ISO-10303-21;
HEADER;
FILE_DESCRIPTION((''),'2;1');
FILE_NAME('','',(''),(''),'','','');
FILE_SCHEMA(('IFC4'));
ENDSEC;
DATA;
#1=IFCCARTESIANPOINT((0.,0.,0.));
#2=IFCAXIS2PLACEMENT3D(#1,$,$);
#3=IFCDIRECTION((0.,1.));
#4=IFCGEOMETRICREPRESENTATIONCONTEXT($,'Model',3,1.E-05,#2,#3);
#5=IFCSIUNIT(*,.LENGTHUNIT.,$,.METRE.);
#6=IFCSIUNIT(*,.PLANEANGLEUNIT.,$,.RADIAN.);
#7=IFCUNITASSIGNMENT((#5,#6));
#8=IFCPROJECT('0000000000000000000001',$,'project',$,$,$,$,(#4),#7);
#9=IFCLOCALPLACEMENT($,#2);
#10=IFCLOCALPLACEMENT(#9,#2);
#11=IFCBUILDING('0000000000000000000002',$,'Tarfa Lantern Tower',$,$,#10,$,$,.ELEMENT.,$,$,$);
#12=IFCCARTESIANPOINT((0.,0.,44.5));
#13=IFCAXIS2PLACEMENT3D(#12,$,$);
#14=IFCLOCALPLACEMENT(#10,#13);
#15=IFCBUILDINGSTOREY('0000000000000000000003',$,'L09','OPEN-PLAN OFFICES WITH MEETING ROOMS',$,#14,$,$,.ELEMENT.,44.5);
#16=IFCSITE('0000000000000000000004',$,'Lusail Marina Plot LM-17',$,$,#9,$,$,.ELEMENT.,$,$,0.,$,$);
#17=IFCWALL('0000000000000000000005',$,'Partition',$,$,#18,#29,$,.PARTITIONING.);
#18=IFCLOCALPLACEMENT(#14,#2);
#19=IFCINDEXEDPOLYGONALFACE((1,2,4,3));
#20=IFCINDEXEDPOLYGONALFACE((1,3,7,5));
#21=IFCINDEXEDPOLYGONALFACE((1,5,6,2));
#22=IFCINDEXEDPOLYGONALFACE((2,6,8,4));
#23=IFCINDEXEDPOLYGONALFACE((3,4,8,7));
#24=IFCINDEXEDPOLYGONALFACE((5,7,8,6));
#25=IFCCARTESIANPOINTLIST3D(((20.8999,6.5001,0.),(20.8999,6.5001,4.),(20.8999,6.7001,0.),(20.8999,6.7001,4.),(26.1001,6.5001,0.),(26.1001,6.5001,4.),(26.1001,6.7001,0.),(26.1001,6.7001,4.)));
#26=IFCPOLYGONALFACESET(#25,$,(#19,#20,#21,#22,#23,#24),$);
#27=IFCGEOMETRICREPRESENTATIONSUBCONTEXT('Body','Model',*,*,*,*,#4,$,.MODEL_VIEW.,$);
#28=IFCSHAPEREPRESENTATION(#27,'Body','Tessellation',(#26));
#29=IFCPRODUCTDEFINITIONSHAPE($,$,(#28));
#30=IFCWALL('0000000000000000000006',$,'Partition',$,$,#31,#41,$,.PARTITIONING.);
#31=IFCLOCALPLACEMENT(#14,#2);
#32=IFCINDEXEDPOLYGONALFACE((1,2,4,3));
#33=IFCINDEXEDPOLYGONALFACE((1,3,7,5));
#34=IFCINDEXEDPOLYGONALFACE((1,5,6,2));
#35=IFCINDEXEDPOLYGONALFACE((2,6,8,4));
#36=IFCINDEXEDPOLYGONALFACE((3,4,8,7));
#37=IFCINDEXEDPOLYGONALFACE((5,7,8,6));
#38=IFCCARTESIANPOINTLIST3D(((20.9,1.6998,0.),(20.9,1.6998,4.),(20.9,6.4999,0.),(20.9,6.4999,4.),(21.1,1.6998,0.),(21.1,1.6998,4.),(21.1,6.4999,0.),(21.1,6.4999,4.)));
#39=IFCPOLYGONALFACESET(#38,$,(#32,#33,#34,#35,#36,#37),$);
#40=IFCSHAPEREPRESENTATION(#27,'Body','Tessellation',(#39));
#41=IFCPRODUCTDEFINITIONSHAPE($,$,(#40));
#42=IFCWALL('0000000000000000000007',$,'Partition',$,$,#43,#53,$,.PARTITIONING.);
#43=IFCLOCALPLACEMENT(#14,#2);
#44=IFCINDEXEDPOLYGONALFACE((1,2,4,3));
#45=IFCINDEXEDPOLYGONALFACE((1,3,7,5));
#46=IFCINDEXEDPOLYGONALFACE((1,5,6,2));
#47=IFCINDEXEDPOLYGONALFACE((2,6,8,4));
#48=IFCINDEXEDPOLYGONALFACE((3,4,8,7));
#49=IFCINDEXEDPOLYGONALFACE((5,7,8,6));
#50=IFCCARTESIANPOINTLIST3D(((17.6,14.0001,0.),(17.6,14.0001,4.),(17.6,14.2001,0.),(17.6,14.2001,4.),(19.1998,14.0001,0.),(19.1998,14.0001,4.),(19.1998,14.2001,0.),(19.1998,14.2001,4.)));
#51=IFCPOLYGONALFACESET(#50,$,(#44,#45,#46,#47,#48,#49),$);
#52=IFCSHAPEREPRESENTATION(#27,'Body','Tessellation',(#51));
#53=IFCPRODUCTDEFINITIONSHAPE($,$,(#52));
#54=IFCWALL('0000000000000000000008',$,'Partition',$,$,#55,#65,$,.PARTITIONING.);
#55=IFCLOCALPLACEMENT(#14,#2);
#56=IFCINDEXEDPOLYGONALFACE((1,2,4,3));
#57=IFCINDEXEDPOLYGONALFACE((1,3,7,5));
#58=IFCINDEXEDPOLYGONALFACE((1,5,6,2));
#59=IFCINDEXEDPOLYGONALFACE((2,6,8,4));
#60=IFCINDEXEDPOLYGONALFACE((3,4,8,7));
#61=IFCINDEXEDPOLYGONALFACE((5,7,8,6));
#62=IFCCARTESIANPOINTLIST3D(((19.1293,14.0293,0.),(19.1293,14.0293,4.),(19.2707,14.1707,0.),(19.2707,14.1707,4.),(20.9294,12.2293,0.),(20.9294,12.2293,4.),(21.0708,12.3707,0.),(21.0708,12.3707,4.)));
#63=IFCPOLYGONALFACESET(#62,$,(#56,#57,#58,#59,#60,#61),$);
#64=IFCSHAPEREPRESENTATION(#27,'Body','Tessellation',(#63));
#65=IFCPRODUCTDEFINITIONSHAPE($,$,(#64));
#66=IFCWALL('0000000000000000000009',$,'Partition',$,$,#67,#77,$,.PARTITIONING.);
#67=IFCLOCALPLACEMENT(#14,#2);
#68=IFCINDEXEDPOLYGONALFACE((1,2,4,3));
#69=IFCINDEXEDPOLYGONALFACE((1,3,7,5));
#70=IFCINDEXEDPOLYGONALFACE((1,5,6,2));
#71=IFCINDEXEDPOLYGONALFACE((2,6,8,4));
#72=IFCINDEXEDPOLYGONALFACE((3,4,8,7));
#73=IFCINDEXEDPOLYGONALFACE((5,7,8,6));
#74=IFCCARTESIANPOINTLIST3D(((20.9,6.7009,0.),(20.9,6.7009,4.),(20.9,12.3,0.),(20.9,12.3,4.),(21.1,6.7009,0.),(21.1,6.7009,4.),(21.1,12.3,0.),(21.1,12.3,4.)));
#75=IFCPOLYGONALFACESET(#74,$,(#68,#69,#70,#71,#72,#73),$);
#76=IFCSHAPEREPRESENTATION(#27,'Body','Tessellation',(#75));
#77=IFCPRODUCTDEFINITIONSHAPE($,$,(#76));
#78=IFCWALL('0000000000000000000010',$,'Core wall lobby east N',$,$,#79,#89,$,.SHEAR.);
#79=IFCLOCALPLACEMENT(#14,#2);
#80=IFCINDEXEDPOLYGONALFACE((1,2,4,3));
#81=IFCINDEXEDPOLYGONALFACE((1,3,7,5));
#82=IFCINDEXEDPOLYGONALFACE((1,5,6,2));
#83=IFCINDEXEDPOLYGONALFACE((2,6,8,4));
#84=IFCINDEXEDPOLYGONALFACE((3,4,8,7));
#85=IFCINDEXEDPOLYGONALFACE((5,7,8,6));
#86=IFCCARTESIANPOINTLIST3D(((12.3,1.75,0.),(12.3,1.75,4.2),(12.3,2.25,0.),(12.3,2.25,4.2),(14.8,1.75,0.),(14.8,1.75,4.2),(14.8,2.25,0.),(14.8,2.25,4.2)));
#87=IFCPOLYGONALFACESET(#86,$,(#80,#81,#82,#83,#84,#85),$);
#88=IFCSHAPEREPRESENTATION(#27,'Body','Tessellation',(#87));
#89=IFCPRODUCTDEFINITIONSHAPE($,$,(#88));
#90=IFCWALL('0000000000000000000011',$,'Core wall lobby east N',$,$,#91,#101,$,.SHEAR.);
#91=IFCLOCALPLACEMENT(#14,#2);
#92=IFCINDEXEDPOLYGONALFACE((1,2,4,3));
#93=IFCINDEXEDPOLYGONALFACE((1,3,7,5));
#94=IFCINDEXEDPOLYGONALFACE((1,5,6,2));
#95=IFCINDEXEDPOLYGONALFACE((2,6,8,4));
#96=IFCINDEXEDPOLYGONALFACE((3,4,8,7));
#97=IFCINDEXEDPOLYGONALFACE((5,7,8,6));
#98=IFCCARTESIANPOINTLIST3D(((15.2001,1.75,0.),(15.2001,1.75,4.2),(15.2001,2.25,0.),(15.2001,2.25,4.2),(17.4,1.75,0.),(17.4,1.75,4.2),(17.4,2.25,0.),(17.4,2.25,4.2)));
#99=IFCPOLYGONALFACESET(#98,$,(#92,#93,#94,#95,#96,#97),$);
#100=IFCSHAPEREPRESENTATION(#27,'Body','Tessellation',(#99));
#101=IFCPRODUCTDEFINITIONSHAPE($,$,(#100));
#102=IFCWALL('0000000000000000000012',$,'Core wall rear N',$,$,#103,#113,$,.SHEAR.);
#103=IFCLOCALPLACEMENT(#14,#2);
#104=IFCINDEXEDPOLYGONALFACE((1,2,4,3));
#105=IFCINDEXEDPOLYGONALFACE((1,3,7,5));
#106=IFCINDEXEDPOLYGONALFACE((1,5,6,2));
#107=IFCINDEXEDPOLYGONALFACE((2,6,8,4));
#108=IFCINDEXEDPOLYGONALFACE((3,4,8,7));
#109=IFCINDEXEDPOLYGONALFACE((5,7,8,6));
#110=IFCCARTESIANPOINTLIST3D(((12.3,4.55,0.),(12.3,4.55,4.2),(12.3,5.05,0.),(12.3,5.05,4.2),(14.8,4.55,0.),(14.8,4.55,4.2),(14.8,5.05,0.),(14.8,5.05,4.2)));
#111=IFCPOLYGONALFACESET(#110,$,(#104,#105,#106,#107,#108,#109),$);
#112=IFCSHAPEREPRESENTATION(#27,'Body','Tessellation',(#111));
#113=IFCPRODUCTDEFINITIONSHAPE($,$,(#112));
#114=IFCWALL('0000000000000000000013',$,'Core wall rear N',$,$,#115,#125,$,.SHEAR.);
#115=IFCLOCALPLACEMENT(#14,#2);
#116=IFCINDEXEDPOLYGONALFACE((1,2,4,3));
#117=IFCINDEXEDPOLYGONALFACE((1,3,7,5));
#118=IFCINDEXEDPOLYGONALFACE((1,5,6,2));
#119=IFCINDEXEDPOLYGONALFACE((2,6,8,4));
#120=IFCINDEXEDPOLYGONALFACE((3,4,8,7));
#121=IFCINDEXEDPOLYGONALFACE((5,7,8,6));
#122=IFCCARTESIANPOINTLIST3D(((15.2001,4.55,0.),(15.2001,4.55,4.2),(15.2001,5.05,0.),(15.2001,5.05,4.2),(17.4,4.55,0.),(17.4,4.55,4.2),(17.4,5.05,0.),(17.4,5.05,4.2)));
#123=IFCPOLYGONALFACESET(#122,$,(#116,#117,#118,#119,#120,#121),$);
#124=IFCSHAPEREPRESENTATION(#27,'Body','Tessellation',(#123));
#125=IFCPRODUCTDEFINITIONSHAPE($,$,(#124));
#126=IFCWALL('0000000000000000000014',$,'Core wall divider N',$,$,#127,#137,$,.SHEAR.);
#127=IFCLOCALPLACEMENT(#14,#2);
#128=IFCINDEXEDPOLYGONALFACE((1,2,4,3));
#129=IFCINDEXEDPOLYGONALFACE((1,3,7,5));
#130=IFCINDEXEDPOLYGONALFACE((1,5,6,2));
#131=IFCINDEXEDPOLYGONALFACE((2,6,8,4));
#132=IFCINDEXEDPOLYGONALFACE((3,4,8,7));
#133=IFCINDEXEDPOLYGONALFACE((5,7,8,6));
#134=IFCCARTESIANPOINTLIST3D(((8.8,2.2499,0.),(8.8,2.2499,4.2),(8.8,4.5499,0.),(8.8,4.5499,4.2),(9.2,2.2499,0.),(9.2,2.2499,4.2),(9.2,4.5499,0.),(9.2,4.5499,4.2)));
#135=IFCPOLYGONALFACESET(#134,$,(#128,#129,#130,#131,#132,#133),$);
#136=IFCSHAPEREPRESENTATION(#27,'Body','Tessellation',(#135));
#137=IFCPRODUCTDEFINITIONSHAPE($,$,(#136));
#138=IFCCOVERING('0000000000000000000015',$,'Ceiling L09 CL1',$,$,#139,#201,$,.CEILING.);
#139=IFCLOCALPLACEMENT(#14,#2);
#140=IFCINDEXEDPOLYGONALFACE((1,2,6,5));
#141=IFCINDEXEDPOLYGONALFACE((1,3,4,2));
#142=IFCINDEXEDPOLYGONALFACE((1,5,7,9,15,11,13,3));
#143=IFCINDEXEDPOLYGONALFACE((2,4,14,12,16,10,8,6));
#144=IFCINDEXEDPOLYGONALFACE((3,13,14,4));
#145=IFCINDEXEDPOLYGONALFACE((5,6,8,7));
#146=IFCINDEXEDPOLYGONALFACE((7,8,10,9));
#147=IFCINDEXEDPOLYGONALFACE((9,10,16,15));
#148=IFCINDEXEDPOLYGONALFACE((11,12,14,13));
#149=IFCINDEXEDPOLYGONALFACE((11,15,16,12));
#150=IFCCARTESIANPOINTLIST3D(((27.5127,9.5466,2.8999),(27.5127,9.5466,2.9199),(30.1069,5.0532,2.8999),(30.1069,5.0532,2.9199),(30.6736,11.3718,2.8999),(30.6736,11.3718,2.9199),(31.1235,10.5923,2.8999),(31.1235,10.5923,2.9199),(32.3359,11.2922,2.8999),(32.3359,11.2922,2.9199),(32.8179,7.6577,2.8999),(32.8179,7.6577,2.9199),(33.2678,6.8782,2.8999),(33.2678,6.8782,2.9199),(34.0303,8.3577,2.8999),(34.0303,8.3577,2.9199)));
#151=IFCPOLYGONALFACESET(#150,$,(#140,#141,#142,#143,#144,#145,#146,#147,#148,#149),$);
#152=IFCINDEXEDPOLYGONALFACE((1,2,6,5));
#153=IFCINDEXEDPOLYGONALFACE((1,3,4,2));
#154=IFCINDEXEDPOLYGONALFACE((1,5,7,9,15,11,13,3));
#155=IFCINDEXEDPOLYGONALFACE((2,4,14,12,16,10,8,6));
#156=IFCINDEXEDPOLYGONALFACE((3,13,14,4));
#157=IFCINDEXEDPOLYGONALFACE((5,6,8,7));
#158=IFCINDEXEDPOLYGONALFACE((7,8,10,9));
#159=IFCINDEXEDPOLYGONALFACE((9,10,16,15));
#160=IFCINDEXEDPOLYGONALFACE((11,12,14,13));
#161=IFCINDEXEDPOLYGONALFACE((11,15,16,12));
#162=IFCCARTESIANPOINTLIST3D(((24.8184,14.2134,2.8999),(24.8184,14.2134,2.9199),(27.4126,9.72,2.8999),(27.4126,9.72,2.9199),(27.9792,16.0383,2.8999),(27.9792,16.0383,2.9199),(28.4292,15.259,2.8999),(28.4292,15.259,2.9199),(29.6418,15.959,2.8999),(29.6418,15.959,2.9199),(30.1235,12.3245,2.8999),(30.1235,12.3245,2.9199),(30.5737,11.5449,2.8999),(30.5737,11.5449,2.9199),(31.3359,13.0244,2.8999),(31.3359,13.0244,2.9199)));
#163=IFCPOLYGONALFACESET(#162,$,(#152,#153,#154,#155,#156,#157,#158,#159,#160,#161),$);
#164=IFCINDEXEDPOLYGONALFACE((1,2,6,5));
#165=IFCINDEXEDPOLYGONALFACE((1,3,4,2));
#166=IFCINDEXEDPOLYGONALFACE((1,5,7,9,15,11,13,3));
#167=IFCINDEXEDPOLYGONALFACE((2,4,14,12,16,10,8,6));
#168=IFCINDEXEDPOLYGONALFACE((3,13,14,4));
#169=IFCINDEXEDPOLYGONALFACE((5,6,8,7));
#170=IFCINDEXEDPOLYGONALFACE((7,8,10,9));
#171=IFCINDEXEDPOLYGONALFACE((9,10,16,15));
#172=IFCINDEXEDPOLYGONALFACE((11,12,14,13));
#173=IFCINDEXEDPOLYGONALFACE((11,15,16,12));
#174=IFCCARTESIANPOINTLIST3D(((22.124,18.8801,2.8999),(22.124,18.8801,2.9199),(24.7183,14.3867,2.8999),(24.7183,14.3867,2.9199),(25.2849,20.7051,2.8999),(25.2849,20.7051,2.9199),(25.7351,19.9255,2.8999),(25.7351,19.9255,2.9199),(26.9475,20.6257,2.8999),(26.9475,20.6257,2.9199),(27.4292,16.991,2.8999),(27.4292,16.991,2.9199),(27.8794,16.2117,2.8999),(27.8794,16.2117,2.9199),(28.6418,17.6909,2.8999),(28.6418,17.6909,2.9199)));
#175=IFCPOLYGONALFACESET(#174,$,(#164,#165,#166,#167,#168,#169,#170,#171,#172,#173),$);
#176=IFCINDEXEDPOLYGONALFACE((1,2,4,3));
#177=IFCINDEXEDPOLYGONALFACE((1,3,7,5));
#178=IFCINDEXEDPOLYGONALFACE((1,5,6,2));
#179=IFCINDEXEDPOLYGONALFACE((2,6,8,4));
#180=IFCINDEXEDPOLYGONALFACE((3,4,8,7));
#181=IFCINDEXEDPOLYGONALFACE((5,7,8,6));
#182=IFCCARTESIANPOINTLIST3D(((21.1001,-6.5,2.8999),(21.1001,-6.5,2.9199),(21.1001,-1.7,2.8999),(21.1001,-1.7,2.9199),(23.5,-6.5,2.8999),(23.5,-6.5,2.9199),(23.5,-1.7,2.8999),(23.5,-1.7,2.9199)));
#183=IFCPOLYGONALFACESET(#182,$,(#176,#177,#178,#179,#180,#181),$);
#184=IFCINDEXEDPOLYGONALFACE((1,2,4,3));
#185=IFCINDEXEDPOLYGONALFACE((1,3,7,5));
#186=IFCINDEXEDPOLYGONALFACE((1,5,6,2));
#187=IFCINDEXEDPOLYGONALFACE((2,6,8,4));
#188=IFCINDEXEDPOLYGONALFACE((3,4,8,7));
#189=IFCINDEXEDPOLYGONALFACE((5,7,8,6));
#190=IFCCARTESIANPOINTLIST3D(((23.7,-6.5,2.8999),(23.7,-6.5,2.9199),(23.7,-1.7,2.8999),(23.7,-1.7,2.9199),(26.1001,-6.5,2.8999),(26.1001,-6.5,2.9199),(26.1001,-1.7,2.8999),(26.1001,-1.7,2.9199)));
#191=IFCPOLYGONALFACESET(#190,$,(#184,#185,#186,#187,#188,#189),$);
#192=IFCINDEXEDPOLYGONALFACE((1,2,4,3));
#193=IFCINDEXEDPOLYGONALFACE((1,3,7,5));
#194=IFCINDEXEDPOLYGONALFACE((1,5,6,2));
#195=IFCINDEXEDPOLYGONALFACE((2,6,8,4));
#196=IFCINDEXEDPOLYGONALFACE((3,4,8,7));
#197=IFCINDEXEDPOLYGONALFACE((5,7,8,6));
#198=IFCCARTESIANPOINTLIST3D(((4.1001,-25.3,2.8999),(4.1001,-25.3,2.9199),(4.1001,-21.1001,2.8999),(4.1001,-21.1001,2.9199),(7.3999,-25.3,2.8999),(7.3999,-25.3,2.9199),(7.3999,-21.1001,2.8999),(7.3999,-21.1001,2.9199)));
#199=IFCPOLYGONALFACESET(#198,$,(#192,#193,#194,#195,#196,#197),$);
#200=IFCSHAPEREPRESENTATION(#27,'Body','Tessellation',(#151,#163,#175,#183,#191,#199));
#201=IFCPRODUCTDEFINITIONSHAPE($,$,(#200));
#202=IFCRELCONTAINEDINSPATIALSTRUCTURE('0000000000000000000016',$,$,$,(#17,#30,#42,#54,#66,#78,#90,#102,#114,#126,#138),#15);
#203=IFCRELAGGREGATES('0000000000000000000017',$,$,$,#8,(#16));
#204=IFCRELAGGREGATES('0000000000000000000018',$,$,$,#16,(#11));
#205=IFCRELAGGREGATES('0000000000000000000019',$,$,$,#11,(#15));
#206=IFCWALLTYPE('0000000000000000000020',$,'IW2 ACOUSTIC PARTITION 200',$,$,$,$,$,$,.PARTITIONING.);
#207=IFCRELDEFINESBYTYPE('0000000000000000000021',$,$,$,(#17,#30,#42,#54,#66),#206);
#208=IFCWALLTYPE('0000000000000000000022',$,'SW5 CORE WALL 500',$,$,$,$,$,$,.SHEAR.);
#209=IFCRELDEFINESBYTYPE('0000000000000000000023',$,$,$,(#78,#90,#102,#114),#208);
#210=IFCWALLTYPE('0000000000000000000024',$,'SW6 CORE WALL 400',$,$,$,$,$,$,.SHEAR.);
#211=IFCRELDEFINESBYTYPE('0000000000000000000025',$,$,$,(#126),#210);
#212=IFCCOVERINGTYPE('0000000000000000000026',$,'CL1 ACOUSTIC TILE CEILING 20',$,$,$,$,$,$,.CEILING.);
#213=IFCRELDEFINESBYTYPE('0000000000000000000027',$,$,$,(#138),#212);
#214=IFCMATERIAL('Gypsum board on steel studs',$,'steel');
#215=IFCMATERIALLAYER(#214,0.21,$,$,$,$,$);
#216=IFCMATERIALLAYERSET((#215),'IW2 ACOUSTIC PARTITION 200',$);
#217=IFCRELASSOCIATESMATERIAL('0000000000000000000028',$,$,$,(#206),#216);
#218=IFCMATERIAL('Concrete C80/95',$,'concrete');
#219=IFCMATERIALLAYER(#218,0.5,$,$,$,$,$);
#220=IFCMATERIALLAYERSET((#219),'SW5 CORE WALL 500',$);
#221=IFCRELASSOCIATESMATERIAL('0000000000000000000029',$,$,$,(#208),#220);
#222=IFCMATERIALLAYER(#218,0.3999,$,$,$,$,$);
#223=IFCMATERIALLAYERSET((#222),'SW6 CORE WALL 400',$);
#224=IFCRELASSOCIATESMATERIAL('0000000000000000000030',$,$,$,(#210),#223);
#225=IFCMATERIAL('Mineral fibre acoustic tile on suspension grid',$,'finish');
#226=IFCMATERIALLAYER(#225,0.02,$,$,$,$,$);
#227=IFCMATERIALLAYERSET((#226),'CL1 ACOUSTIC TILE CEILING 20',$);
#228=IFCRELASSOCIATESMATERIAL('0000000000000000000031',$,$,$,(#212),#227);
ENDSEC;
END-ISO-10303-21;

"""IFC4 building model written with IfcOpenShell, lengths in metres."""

from ifc_helpers import new_model, si_unit, direction, frame, frame_2d, origin, place, context, subcontext, project, spatial, polyline, rectangle, outline, extrude, material, layer, layer_set, type_object, element, save


model = new_model("IFC4")

# Units and contexts
model_context = context("Model", 3, precision=1e-05, world=origin(), true_north=direction((0.0, 1.0)))
body_context = subcontext(model_context, "Body", "Model", "MODEL_VIEW")
ifc_project = project(units=[si_unit("LENGTHUNIT", "METRE"), si_unit("PLANEANGLEUNIT", "RADIAN")], contexts=[model_context])

# Site, building, storey
site_placement = place(None, origin())
site = spatial("IfcSite", under=ifc_project, at=site_placement, Name="Lusail Marina Plot LM-17", CompositionType="ELEMENT", RefElevation=0.0)
building_placement = place(site_placement, origin())
building = spatial("IfcBuilding", under=site, at=building_placement, Name="Tarfa Lantern Tower", CompositionType="ELEMENT")
storey_placement = place(building_placement, frame((0.0, 0.0, 44.5)))
storey = spatial("IfcBuildingStorey", under=building, at=storey_placement, Name="L09", Description="OPEN-PLAN OFFICES WITH MEETING ROOMS", CompositionType="ELEMENT", Elevation=44.5)

# Shared definitions
ifc_material_1 = material(Name="Gypsum board on steel studs", Category="steel")
ifc_layer_1 = layer(ifc_material_1, 0.21)
ifc_layer_set_1 = layer_set([ifc_layer_1], Name="IW2 ACOUSTIC PARTITION 200")
wall_type_1 = type_object("IfcWallType", Name="IW2 ACOUSTIC PARTITION 200", PredefinedType="PARTITIONING", material=ifc_layer_set_1)

# Walls
wall_1_placement = place(storey_placement, frame((20.8999, 6.6001, 0.0), z_axis=(0.0, 0.0, 1.0), x_axis=(1.0, 0.0, 0.0)))
element("IfcWall", 1, at=wall_1_placement, inside=storey, type_object=wall_type_1, Name="Partition", PredefinedType="PARTITIONING", context=body_context, shape_type="SweptSolid", body=[
    extrude(rectangle(XDim=5.2002, YDim=0.2, at=frame_2d((2.6001, 0.0))), origin(), (0.0, 0.0, 1.0), 4.0),
])
wall_2_placement = place(storey_placement, frame((21.0, 1.7, 0.0), z_axis=(0.0, 0.0, 1.0), x_axis=(0.0, 1.0, 0.0)))
element("IfcWall", 2, at=wall_2_placement, inside=storey, type_object=wall_type_1, Name="Partition", PredefinedType="PARTITIONING", context=body_context, shape_type="SweptSolid", body=[
    extrude(rectangle(XDim=4.8, YDim=0.2, at=frame_2d((2.3999, 0.0))), origin(), (0.0, 0.0, 1.0), 4.0),
])
wall_3_placement = place(storey_placement, frame((17.6001, 14.1001, 0.0), z_axis=(0.0, 0.0, 1.0), x_axis=(1.0, 0.0, 0.0)))
element("IfcWall", 3, at=wall_3_placement, inside=storey, type_object=wall_type_1, Name="Partition", PredefinedType="PARTITIONING", context=body_context, shape_type="SweptSolid", body=[
    extrude(rectangle(XDim=1.5999, YDim=0.2, at=frame_2d((0.7998, 0.0))), origin(), (0.0, 0.0, 1.0), 4.0),
])
wall_4_placement = place(storey_placement, frame((19.2, 14.1001, 0.0), z_axis=(0.0, 0.0, 1.0), x_axis=(0.707107, -0.707107, 0.0)))
element("IfcWall", 4, at=wall_4_placement, inside=storey, type_object=wall_type_1, Name="Partition", PredefinedType="PARTITIONING", context=body_context, shape_type="SweptSolid", body=[
    extrude(rectangle(XDim=2.5457, YDim=0.2, at=frame_2d((1.2729, 0.0))), origin(), (0.0, 0.0, 1.0), 4.0),
])

# Walls
wall_5_placement = place(storey_placement, frame((21.0, 12.3, 0.0), z_axis=(0.0, 0.0, 1.0), x_axis=(0.0, -1.0, 0.0)))
element("IfcWall", 5, at=wall_5_placement, inside=storey, type_object=wall_type_1, Name="Partition", PredefinedType="PARTITIONING", context=body_context, shape_type="SweptSolid", body=[
    extrude(rectangle(XDim=5.5991, YDim=0.2, at=frame_2d((2.7996, 0.0))), origin(), (0.0, 0.0, 1.0), 4.0),
])
ifc_material_2 = material(Name="Concrete C80/95", Category="concrete")
ifc_layer_2 = layer(ifc_material_2, 0.5)
ifc_layer_set_2 = layer_set([ifc_layer_2], Name="SW5 CORE WALL 500")
wall_type_2 = type_object("IfcWallType", Name="SW5 CORE WALL 500", PredefinedType="SHEAR", material=ifc_layer_set_2)
wall_6_placement = place(storey_placement, frame((12.3, 2.0, 0.0), z_axis=(0.0, 0.0, 1.0), x_axis=(1.0, 0.0, 0.0)))
element("IfcWall", 6, at=wall_6_placement, inside=storey, type_object=wall_type_2, Name="Core wall lobby east N", PredefinedType="SHEAR", context=body_context, shape_type="SweptSolid", body=[
    extrude(rectangle(XDim=2.5, YDim=0.5, at=frame_2d((1.25, 0.0))), origin(), (0.0, 0.0, 1.0), 4.2),
])
wall_7_placement = place(storey_placement, frame((15.2, 2.0, 0.0), z_axis=(0.0, 0.0, 1.0), x_axis=(1.0, 0.0, 0.0)))
element("IfcWall", 7, at=wall_7_placement, inside=storey, type_object=wall_type_2, Name="Core wall lobby east N", PredefinedType="SHEAR", context=body_context, shape_type="SweptSolid", body=[
    extrude(rectangle(XDim=2.2, YDim=0.5, at=frame_2d((1.1001, 0.0))), origin(), (0.0, 0.0, 1.0), 4.2),
])
wall_8_placement = place(storey_placement, frame((12.3, 4.8, 0.0), z_axis=(0.0, 0.0, 1.0), x_axis=(1.0, 0.0, 0.0)))
element("IfcWall", 8, at=wall_8_placement, inside=storey, type_object=wall_type_2, Name="Core wall rear N", PredefinedType="SHEAR", context=body_context, shape_type="SweptSolid", body=[
    extrude(rectangle(XDim=2.5, YDim=0.5, at=frame_2d((1.25, 0.0))), origin(), (0.0, 0.0, 1.0), 4.2),
])
wall_9_placement = place(storey_placement, frame((15.2, 4.8, 0.0), z_axis=(0.0, 0.0, 1.0), x_axis=(1.0, 0.0, 0.0)))
element("IfcWall", 9, at=wall_9_placement, inside=storey, type_object=wall_type_2, Name="Core wall rear N", PredefinedType="SHEAR", context=body_context, shape_type="SweptSolid", body=[
    extrude(rectangle(XDim=2.2, YDim=0.5, at=frame_2d((1.1001, 0.0))), origin(), (0.0, 0.0, 1.0), 4.2),
])
ifc_layer_3 = layer(ifc_material_2, 0.3999)
ifc_layer_set_3 = layer_set([ifc_layer_3], Name="SW6 CORE WALL 400")
wall_type_3 = type_object("IfcWallType", Name="SW6 CORE WALL 400", PredefinedType="SHEAR", material=ifc_layer_set_3)
wall_10_placement = place(storey_placement, frame((9.0, 2.25, 0.0), z_axis=(0.0, 0.0, 1.0), x_axis=(0.0, 1.0, 0.0)))
element("IfcWall", 10, at=wall_10_placement, inside=storey, type_object=wall_type_3, Name="Core wall divider N", PredefinedType="SHEAR", context=body_context, shape_type="SweptSolid", body=[
    extrude(rectangle(XDim=2.3, YDim=0.3999, at=frame_2d((1.1499, 0.0))), origin(), (0.0, 0.0, 1.0), 4.2),
])

# Covering
ifc_material_3 = material(Name="Mineral fibre acoustic tile on suspension grid", Category="finish")
ifc_layer_4 = layer(ifc_material_3, 0.02)
ifc_layer_set_4 = layer_set([ifc_layer_4], Name="CL1 ACOUSTIC TILE CEILING 20")
covering_type_1 = type_object("IfcCoveringType", Name="CL1 ACOUSTIC TILE CEILING 20", PredefinedType="CEILING", material=ifc_layer_set_4)
covering_1_placement = place(storey_placement, frame((0.0, 0.0, 2.8999)))
element("IfcCovering", 11, at=covering_1_placement, inside=storey, type_object=covering_type_1, Name="Ceiling L09 CL1", PredefinedType="CEILING", context=body_context, shape_type="SweptSolid", body=[
    extrude(outline(polyline([(27.5127, 9.5466), (30.6736, 11.3718), (31.1235, 10.5923), (32.3359, 11.2922), (34.0303, 8.3577), (32.8179, 7.6577), (33.2678, 6.8782), (30.1069, 5.0532), (27.5127, 9.5466)])), origin(), (0.0, 0.0, 1.0), 0.02),
    extrude(outline(polyline([(24.8184, 14.2134), (27.9792, 16.0383), (28.4292, 15.259), (29.6418, 15.959), (31.3359, 13.0244), (30.1235, 12.3245), (30.5737, 11.5449), (27.4126, 9.72), (24.8184, 14.2134)])), origin(), (0.0, 0.0, 1.0), 0.02),
    extrude(outline(polyline([(22.124, 18.8801), (25.2849, 20.7051), (25.7351, 19.9255), (26.9475, 20.6257), (28.6418, 17.6909), (27.4292, 16.991), (27.8794, 16.2117), (24.7183, 14.3867), (22.124, 18.8801)])), origin(), (0.0, 0.0, 1.0), 0.02),
    extrude(outline(polyline([(21.1001, -1.7), (23.5, -1.7), (23.5, -6.5), (21.1001, -6.5), (21.1001, -1.7)])), origin(), (0.0, 0.0, 1.0), 0.02),
    extrude(outline(polyline([(23.7, -1.7), (26.1001, -1.7), (26.1001, -6.5), (23.7, -6.5), (23.7, -1.7)])), origin(), (0.0, 0.0, 1.0), 0.02),
    extrude(outline(polyline([(7.3999, -25.3), (4.1001, -25.3), (4.1001, -21.1001), (7.3999, -21.1001), (7.3999, -25.3)])), origin(), (0.0, 0.0, 1.0), 0.02),
])

save(model, "model.ifc")
